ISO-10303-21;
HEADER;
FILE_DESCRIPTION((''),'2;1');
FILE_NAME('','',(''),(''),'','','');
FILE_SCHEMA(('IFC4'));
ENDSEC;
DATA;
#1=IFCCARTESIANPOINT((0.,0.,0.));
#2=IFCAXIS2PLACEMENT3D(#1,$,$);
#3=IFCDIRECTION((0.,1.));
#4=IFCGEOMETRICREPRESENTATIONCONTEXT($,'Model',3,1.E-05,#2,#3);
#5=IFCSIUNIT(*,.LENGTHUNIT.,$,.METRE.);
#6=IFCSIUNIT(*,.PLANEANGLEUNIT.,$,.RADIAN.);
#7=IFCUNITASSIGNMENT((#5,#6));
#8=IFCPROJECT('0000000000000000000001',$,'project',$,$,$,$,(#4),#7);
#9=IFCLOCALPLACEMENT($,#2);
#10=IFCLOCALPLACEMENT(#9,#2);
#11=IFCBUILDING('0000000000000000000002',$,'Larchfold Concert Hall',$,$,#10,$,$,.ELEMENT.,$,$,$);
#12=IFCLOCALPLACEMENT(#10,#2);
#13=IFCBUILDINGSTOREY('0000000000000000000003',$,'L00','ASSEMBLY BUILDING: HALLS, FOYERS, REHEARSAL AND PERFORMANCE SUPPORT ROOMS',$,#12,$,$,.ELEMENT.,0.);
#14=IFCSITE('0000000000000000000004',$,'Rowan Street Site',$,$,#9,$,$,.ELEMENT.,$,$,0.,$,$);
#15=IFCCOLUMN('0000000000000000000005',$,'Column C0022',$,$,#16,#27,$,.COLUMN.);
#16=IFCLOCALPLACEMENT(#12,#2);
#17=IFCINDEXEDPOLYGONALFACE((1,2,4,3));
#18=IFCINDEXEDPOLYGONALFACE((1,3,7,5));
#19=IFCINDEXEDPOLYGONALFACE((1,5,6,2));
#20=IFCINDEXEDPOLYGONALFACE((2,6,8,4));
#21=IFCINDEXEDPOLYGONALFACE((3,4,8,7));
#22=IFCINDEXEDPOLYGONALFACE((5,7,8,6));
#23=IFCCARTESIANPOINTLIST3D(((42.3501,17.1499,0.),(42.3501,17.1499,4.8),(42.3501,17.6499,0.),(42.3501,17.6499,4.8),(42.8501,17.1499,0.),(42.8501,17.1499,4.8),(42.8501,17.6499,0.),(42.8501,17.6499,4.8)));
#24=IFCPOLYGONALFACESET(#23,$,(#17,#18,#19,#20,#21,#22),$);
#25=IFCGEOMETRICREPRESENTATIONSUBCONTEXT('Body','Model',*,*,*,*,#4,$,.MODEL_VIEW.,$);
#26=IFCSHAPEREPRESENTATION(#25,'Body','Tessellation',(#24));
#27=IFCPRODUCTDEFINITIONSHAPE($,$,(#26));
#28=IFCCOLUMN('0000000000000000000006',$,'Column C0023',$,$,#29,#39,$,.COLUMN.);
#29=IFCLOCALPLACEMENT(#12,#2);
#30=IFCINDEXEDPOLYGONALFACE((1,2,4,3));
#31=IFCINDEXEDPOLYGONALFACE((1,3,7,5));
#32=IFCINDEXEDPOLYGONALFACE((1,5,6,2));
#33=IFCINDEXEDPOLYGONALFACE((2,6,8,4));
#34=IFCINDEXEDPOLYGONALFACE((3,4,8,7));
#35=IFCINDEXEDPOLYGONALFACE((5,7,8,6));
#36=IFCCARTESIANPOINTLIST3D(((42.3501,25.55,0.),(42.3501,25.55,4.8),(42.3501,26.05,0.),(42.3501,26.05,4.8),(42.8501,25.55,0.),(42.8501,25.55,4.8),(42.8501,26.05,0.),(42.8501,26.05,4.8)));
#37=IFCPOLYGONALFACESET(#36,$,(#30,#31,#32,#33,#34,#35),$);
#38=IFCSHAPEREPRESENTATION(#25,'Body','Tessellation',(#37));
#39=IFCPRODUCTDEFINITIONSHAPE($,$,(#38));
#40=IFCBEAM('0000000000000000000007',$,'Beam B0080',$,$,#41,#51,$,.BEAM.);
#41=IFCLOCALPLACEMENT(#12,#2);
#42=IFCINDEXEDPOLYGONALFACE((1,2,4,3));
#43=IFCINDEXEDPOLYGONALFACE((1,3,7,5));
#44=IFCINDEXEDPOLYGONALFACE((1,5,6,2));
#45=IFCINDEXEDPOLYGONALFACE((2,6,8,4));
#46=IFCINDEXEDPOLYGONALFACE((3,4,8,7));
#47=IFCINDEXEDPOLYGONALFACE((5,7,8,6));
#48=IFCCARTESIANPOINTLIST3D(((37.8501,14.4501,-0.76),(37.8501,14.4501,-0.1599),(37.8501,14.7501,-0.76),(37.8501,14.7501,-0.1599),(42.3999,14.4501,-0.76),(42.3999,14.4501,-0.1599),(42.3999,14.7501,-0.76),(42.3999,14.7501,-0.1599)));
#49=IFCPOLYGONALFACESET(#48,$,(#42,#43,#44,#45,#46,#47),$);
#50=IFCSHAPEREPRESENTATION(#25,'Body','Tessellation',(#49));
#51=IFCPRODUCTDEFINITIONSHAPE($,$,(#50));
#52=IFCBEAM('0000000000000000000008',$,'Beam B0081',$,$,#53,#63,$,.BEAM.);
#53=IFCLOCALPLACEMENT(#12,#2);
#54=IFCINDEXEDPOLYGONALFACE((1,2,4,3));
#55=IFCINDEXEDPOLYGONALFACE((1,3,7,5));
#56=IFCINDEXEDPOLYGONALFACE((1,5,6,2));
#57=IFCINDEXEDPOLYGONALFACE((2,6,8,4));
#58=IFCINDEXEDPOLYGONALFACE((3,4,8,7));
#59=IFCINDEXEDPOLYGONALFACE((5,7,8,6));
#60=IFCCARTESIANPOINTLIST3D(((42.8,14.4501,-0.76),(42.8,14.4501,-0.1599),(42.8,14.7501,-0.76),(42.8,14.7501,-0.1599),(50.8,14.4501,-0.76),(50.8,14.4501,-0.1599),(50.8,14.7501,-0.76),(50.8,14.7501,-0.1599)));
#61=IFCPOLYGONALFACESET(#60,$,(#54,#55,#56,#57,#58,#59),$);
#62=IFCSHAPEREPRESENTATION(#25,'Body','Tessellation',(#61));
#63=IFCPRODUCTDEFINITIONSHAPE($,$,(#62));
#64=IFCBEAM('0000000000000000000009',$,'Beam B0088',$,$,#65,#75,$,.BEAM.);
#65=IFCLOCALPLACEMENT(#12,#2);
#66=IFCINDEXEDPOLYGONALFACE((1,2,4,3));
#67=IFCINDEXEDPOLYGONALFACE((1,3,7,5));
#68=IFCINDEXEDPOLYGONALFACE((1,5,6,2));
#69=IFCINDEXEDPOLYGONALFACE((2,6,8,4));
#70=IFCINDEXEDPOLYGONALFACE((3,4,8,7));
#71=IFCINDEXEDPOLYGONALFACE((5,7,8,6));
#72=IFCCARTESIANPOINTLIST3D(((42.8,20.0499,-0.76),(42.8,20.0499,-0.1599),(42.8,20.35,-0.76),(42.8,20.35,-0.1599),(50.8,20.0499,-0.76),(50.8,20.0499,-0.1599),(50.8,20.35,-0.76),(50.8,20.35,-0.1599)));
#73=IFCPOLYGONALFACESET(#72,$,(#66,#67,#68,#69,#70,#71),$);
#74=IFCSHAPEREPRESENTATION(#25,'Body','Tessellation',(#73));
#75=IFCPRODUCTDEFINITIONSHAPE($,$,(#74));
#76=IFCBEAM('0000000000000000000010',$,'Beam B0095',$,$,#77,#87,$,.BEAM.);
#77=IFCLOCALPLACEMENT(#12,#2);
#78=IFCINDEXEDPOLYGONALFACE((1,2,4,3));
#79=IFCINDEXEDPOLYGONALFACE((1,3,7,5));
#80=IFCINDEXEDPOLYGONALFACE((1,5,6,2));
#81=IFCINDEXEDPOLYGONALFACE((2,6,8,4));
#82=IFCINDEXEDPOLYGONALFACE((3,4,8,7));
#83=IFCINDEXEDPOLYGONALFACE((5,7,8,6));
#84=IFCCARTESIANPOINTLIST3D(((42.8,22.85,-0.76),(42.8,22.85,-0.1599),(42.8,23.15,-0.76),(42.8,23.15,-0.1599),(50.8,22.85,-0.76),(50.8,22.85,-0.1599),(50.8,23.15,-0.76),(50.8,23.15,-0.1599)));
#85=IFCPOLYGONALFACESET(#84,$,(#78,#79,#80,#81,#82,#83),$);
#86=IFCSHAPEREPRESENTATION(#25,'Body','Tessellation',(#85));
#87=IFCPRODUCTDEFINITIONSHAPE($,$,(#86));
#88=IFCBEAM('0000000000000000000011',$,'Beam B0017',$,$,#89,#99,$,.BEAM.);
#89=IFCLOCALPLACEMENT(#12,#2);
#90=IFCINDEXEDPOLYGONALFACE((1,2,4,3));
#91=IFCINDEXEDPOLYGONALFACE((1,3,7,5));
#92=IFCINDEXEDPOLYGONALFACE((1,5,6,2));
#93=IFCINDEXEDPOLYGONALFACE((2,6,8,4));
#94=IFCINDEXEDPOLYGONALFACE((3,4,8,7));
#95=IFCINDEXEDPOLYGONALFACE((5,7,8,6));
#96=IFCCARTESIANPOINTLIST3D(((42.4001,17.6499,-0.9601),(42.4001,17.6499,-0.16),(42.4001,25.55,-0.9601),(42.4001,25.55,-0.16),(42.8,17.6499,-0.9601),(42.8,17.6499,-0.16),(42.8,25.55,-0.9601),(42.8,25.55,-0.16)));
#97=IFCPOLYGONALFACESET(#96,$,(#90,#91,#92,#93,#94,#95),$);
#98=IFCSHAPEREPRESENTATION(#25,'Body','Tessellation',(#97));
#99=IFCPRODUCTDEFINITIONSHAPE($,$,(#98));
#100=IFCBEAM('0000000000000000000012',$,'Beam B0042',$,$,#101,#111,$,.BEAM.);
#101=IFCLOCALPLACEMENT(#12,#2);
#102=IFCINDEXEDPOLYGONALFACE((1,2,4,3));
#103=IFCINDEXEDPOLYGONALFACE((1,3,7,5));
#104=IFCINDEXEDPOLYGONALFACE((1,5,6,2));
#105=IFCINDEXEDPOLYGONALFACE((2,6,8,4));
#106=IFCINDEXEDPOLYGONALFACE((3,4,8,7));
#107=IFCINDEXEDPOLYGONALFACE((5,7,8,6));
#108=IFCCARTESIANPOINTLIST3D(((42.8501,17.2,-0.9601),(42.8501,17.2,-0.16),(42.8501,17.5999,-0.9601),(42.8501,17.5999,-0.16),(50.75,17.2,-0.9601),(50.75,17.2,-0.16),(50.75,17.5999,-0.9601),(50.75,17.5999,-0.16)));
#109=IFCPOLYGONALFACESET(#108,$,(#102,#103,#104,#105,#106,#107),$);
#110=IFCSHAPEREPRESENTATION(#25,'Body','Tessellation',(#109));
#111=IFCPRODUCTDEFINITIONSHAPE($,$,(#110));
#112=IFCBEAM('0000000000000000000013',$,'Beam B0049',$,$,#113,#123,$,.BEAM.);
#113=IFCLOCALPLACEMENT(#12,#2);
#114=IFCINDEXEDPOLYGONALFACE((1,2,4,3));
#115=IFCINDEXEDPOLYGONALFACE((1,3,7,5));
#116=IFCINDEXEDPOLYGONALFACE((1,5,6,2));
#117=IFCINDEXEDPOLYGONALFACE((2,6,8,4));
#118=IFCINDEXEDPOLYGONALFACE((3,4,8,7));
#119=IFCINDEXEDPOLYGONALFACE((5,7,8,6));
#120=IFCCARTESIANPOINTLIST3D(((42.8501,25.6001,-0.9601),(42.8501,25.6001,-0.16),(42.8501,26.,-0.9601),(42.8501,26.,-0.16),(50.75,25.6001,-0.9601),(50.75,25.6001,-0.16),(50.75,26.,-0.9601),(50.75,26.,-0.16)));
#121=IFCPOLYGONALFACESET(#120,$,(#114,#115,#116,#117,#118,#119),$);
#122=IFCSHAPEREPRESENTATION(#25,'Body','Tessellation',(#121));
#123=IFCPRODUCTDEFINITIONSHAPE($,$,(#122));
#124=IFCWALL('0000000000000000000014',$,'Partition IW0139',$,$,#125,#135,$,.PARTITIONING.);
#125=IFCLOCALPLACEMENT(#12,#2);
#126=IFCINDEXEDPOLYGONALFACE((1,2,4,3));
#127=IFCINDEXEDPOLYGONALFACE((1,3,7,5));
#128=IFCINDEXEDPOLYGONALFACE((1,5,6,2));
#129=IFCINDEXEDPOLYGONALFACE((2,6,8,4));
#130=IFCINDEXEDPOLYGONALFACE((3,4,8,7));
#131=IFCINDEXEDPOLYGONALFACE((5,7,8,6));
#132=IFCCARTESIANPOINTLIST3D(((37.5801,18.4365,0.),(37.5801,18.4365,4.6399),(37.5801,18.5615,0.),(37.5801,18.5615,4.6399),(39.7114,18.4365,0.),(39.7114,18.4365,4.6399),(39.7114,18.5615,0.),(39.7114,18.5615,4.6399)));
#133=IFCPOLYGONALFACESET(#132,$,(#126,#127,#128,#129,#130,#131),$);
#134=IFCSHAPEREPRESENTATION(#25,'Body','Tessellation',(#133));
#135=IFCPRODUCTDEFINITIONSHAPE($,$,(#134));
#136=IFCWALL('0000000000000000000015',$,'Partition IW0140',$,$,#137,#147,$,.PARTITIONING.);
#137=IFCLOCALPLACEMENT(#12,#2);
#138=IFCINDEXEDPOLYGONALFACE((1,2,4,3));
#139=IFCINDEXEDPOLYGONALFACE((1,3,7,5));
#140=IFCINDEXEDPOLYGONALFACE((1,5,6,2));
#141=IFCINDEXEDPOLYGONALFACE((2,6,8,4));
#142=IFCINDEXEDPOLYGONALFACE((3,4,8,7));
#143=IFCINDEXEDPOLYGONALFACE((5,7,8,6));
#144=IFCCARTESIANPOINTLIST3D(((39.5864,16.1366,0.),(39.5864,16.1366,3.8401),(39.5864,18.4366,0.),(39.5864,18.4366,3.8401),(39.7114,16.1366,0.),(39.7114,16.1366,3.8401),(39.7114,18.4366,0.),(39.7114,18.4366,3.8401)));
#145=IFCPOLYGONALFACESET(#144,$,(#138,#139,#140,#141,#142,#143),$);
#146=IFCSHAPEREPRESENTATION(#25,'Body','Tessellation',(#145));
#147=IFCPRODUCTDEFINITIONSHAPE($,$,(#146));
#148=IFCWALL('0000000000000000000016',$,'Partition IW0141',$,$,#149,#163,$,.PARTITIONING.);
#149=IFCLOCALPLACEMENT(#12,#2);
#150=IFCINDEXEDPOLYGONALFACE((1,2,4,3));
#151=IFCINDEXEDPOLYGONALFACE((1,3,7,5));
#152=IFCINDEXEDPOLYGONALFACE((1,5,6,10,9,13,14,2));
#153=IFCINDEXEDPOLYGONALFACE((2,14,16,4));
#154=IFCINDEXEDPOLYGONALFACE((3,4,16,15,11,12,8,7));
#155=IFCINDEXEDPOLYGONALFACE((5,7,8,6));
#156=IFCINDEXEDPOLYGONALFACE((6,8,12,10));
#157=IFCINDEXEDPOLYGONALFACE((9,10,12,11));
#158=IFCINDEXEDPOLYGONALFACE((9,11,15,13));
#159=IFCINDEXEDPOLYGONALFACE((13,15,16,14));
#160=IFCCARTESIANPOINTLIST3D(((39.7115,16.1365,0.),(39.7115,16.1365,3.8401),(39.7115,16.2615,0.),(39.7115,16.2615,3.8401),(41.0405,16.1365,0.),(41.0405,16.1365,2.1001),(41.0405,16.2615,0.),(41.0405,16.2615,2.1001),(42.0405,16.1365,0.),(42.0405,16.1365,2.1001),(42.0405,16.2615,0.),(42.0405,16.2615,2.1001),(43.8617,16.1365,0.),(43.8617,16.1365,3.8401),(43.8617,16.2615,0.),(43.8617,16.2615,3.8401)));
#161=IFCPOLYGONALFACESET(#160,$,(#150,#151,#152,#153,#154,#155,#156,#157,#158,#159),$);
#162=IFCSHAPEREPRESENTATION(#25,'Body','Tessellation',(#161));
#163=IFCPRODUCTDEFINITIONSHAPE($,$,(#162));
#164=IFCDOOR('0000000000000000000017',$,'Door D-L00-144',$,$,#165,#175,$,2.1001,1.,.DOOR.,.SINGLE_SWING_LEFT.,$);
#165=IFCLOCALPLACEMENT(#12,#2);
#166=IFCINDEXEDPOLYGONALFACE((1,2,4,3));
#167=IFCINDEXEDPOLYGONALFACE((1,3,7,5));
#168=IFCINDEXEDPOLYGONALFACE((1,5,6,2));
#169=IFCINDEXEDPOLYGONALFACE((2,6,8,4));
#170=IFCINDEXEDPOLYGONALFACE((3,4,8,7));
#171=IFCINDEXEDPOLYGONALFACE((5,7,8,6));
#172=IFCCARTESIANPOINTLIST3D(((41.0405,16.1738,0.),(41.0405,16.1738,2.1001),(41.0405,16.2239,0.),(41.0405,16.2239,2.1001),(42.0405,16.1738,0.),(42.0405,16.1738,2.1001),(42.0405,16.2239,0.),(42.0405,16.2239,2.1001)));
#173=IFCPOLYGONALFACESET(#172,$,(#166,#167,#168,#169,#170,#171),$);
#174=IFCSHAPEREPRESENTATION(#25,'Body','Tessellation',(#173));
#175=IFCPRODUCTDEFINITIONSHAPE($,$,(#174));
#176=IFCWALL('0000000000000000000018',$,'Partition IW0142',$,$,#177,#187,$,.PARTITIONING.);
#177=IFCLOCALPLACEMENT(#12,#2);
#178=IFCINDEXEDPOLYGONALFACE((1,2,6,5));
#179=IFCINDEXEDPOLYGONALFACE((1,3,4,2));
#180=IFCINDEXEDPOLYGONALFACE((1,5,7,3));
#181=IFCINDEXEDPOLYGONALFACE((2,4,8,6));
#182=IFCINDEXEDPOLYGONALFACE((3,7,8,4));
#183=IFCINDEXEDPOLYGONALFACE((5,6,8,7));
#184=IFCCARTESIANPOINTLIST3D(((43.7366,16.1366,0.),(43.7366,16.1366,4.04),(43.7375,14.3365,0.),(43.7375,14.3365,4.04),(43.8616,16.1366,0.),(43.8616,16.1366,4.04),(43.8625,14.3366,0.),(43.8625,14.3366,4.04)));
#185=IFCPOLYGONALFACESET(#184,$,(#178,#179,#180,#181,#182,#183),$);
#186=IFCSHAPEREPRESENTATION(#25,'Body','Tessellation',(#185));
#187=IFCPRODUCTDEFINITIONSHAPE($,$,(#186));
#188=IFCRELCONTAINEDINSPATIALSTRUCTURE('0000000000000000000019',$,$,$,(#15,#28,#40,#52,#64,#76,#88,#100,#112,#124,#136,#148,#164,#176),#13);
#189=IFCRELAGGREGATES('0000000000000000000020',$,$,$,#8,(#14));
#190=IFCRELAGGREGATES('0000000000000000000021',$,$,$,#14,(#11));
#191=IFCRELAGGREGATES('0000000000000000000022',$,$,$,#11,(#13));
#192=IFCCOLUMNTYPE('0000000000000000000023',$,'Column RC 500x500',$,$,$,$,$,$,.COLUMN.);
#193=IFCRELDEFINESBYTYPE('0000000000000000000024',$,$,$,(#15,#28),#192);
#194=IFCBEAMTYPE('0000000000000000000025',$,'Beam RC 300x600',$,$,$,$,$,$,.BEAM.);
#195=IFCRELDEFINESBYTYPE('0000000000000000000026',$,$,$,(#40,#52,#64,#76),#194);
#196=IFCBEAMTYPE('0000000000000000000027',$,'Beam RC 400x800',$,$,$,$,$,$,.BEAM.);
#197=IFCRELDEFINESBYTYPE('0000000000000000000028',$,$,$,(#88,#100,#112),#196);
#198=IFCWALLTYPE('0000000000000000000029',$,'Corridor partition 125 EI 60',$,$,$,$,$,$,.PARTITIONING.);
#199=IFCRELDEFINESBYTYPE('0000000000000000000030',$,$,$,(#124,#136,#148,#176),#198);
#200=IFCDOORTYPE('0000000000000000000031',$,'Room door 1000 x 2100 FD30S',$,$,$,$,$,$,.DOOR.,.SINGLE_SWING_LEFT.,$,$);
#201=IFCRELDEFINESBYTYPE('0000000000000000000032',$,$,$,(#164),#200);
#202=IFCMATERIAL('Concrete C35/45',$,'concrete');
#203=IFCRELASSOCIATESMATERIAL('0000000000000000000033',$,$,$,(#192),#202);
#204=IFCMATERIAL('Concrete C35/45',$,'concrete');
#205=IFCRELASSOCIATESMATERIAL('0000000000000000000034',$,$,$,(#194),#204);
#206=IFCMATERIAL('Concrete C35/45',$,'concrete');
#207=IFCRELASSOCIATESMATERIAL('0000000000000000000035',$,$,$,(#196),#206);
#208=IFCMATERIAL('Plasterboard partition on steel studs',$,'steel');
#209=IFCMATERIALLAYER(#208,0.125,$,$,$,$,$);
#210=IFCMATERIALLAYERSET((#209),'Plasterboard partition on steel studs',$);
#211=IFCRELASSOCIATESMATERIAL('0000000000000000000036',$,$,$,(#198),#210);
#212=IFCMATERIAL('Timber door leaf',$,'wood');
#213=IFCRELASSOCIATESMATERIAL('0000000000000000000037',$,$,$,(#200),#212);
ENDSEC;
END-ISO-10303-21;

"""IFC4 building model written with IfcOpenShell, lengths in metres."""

from ifc_helpers import new_model, si_unit, direction, frame, frame_2d, origin, origin_2d, place, context, subcontext, project, spatial, rectangle, extrude, material, layer, layer_set, material_profile, profile_set, type_object, element, fill, save


model = new_model("IFC4")

# Units and contexts
model_context = context("Model", 3, precision=1e-05, world=origin(), true_north=direction((0.0, 1.0)))
body_context = subcontext(model_context, "Body", "Model", "MODEL_VIEW")
ifc_project = project(units=[si_unit("LENGTHUNIT", "METRE"), si_unit("PLANEANGLEUNIT", "RADIAN")], contexts=[model_context])

# Site, building, storey
site_placement = place(None, origin())
site = spatial("IfcSite", under=ifc_project, at=site_placement, Name="Rowan Street Site", CompositionType="ELEMENT", RefElevation=0.0)
building_placement = place(site_placement, origin())
building = spatial("IfcBuilding", under=site, at=building_placement, Name="Larchfold Concert Hall", CompositionType="ELEMENT")
storey_placement = place(building_placement, origin())
storey = spatial("IfcBuildingStorey", under=building, at=storey_placement, Name="L00", Description="ASSEMBLY BUILDING: HALLS, FOYERS, REHEARSAL AND PERFORMANCE SUPPORT ROOMS", CompositionType="ELEMENT", Elevation=0.0)

# Columns
ifc_material_1 = material(Name="Concrete C35/45", Category="concrete")
ifc_material_profile_1 = material_profile(ifc_material_1, rectangle(XDim=0.5, YDim=0.5, at=origin_2d()))
ifc_profile_set_1 = profile_set([ifc_material_profile_1], Name="Concrete C35/45")
column_type = type_object("IfcColumnType", Name="Column RC 500x500", PredefinedType="COLUMN", material=ifc_profile_set_1)
for number, where, z_axis, x_axis, name in (
    (1, (42.6001, 17.3999, 0.0), (0.0, 0.0, 1.0), (1.0, 0.0, 0.0), "Column C0022"),
    (2, (42.6001, 25.8, 0.0), (0.0, 0.0, 1.0), (1.0, 0.0, 0.0), "Column C0023"),
):
    element("IfcColumn", number, at=place(storey_placement, frame(where, z_axis=z_axis, x_axis=x_axis)), inside=storey, type_object=column_type, Name=name, PredefinedType="COLUMN", context=body_context, shape_type="SweptSolid", body=[
        extrude(rectangle(XDim=0.5, YDim=0.5, at=origin_2d()), origin(), (0.0, 0.0, 1.0), 4.8),
    ])

# Beams
ifc_material_2 = material(Name="Concrete C35/45", Category="concrete")
ifc_material_profile_2 = material_profile(ifc_material_2, rectangle(XDim=0.3, YDim=0.6001, at=origin_2d()))
ifc_profile_set_2 = profile_set([ifc_material_profile_2], Name="Concrete C35/45")
beam_type_1 = type_object("IfcBeamType", Name="Beam RC 300x600", PredefinedType="BEAM", material=ifc_profile_set_2)
beam_1_placement = place(storey_placement, frame((37.8501, 14.6001, -0.46), z_axis=(1.0, 0.0, 0.0), x_axis=(0.0, 1.0, 0.0)))
element("IfcBeam", 3, at=beam_1_placement, inside=storey, type_object=beam_type_1, Name="Beam B0080", PredefinedType="BEAM", context=body_context, shape_type="SweptSolid", body=[
    extrude(rectangle(XDim=0.3, YDim=0.6001, at=origin_2d()), origin(), (0.0, 0.0, 1.0), 4.5498),
])
for number, where, z_axis, x_axis, name in (
    (4, (42.8, 14.6001, -0.46), (1.0, 0.0, 0.0), (0.0, 1.0, 0.0), "Beam B0081"),
    (5, (42.8, 20.2, -0.46), (1.0, 0.0, 0.0), (0.0, 1.0, 0.0), "Beam B0088"),
    (6, (42.8, 23.0, -0.46), (1.0, 0.0, 0.0), (0.0, 1.0, 0.0), "Beam B0095"),
):
    element("IfcBeam", number, at=place(storey_placement, frame(where, z_axis=z_axis, x_axis=x_axis)), inside=storey, type_object=beam_type_1, Name=name, PredefinedType="BEAM", context=body_context, shape_type="SweptSolid", body=[
        extrude(rectangle(XDim=0.3, YDim=0.6001, at=origin_2d()), origin(), (0.0, 0.0, 1.0), 8.0),
    ])
ifc_material_3 = material(Name="Concrete C35/45", Category="concrete")
ifc_material_profile_3 = material_profile(ifc_material_3, rectangle(XDim=0.3999, YDim=0.8, at=origin_2d()))
ifc_profile_set_3 = profile_set([ifc_material_profile_3], Name="Concrete C35/45")
beam_type_2 = type_object("IfcBeamType", Name="Beam RC 400x800", PredefinedType="BEAM", material=ifc_profile_set_3)
beam_2_placement = place(storey_placement, frame((42.6001, 17.6499, -0.5601), z_axis=(0.0, 1.0, 0.0), x_axis=(-1.0, 0.0, 0.0)))
element("IfcBeam", 7, at=beam_2_placement, inside=storey, type_object=beam_type_2, Name="Beam B0017", PredefinedType="BEAM", context=body_context, shape_type="SweptSolid", body=[
    extrude(rectangle(XDim=0.3999, YDim=0.8, at=origin_2d()), origin(), (0.0, 0.0, 1.0), 7.9001),
])
for number, where, z_axis, x_axis, name in (
    (8, (42.8501, 17.3999, -0.5601), (1.0, 0.0, 0.0), (0.0, 1.0, 0.0), "Beam B0042"),
    (9, (42.8501, 25.8, -0.5601), (1.0, 0.0, 0.0), (0.0, 1.0, 0.0), "Beam B0049"),
):
    element("IfcBeam", number, at=place(storey_placement, frame(where, z_axis=z_axis, x_axis=x_axis)), inside=storey, type_object=beam_type_2, Name=name, PredefinedType="BEAM", context=body_context, shape_type="SweptSolid", body=[
        extrude(rectangle(XDim=0.3999, YDim=0.8, at=origin_2d()), origin(), (0.0, 0.0, 1.0), 7.8999),
    ])

# Walls
ifc_material_4 = material(Name="Plasterboard partition on steel studs", Category="steel")
ifc_layer_1 = layer(ifc_material_4, 0.125)
ifc_layer_set_1 = layer_set([ifc_layer_1], Name="Plasterboard partition on steel studs")
wall_type_1 = type_object("IfcWallType", Name="Corridor partition 125 EI 60", PredefinedType="PARTITIONING", material=ifc_layer_set_1)
wall_1_placement = place(storey_placement, frame((37.5801, 18.499, 0.0), z_axis=(0.0, 0.0, 1.0), x_axis=(1.0, 0.0, 0.0)))
element("IfcWall", 10, at=wall_1_placement, inside=storey, type_object=wall_type_1, Name="Partition IW0139", PredefinedType="PARTITIONING", context=body_context, shape_type="SweptSolid", body=[
    extrude(rectangle(XDim=2.1313, YDim=0.125, at=frame_2d((1.0657, 0.0))), origin(), (0.0, 0.0, 1.0), 4.6399),
])
wall_2_placement = place(storey_placement, frame((39.6489, 18.4365, 0.0), z_axis=(0.0, 0.0, 1.0), x_axis=(0.0, -1.0, 0.0)))
element("IfcWall", 11, at=wall_2_placement, inside=storey, type_object=wall_type_1, Name="Partition IW0140", PredefinedType="PARTITIONING", context=body_context, shape_type="SweptSolid", body=[
    extrude(rectangle(XDim=2.3, YDim=0.125, at=frame_2d((1.1499, 0.0))), origin(), (0.0, 0.0, 1.0), 3.8401),
])

# Wall, opening, door
wall_3_placement = place(storey_placement, frame((39.7114, 16.199, 0.0), z_axis=(0.0, 0.0, 1.0), x_axis=(1.0, 0.0, 0.0)))
wall_3 = element("IfcWall", 12, at=wall_3_placement, inside=storey, type_object=wall_type_1, Name="Partition IW0141", PredefinedType="PARTITIONING", context=body_context, shape_type="SweptSolid", body=[
    extrude(rectangle(XDim=4.1501, YDim=0.125, at=frame_2d((2.0752, 0.0))), origin(), (0.0, 0.0, 1.0), 3.8401),
])
opening_1_placement = place(wall_3_placement, frame((1.3291, 0.0, 0.0)))
opening_1 = element("IfcOpeningElement", 13, at=opening_1_placement, cuts=wall_3, PredefinedType="OPENING", context=body_context, shape_type="SweptSolid", body=[
    extrude(rectangle(XDim=1.0, YDim=2.1001, at=frame_2d((0.5, 1.05))), frame((0.0, 0.0725, 0.0), z_axis=(0.0, -1.0, 0.0), x_axis=(1.0, 0.0, 0.0)), (0.0, 0.0, 1.0), 0.145),
])
ifc_material_5 = material(Name="Timber door leaf", Category="wood")
door_type_1 = type_object("IfcDoorType", Name="Room door 1000 x 2100 FD30S", OperationType="SINGLE_SWING_LEFT", PredefinedType="DOOR", material=ifc_material_5)
door_1_placement = place(opening_1_placement, origin())
door_1 = element("IfcDoor", 14, at=door_1_placement, inside=storey, type_object=door_type_1, Name="Door D-L00-144", OperationType="SINGLE_SWING_LEFT", OverallHeight=2.1001, OverallWidth=1.0, PredefinedType="DOOR", context=body_context, shape_type="SweptSolid", body=[
    extrude(rectangle(XDim=1.0, YDim=2.1001, at=frame_2d((0.5, 1.05))), frame((0.0, 0.0249, 0.0), z_axis=(0.0, -1.0, 0.0), x_axis=(1.0, 0.0, 0.0)), (0.0, 0.0, 1.0), 0.05),
])
fill(opening_1, door_1)

# Wall
wall_4_placement = place(storey_placement, frame((43.7991, 16.1365, 0.0), z_axis=(0.0, 0.0, 1.0), x_axis=(0.000543, -1.0, 0.0)))
element("IfcWall", 15, at=wall_4_placement, inside=storey, type_object=wall_type_1, Name="Partition IW0142", PredefinedType="PARTITIONING", context=body_context, shape_type="SweptSolid", body=[
    extrude(rectangle(XDim=1.8, YDim=0.125, at=frame_2d((0.8999, 0.0))), origin(), (0.0, 0.0, 1.0), 4.04),
])

save(model, "model.ifc")
